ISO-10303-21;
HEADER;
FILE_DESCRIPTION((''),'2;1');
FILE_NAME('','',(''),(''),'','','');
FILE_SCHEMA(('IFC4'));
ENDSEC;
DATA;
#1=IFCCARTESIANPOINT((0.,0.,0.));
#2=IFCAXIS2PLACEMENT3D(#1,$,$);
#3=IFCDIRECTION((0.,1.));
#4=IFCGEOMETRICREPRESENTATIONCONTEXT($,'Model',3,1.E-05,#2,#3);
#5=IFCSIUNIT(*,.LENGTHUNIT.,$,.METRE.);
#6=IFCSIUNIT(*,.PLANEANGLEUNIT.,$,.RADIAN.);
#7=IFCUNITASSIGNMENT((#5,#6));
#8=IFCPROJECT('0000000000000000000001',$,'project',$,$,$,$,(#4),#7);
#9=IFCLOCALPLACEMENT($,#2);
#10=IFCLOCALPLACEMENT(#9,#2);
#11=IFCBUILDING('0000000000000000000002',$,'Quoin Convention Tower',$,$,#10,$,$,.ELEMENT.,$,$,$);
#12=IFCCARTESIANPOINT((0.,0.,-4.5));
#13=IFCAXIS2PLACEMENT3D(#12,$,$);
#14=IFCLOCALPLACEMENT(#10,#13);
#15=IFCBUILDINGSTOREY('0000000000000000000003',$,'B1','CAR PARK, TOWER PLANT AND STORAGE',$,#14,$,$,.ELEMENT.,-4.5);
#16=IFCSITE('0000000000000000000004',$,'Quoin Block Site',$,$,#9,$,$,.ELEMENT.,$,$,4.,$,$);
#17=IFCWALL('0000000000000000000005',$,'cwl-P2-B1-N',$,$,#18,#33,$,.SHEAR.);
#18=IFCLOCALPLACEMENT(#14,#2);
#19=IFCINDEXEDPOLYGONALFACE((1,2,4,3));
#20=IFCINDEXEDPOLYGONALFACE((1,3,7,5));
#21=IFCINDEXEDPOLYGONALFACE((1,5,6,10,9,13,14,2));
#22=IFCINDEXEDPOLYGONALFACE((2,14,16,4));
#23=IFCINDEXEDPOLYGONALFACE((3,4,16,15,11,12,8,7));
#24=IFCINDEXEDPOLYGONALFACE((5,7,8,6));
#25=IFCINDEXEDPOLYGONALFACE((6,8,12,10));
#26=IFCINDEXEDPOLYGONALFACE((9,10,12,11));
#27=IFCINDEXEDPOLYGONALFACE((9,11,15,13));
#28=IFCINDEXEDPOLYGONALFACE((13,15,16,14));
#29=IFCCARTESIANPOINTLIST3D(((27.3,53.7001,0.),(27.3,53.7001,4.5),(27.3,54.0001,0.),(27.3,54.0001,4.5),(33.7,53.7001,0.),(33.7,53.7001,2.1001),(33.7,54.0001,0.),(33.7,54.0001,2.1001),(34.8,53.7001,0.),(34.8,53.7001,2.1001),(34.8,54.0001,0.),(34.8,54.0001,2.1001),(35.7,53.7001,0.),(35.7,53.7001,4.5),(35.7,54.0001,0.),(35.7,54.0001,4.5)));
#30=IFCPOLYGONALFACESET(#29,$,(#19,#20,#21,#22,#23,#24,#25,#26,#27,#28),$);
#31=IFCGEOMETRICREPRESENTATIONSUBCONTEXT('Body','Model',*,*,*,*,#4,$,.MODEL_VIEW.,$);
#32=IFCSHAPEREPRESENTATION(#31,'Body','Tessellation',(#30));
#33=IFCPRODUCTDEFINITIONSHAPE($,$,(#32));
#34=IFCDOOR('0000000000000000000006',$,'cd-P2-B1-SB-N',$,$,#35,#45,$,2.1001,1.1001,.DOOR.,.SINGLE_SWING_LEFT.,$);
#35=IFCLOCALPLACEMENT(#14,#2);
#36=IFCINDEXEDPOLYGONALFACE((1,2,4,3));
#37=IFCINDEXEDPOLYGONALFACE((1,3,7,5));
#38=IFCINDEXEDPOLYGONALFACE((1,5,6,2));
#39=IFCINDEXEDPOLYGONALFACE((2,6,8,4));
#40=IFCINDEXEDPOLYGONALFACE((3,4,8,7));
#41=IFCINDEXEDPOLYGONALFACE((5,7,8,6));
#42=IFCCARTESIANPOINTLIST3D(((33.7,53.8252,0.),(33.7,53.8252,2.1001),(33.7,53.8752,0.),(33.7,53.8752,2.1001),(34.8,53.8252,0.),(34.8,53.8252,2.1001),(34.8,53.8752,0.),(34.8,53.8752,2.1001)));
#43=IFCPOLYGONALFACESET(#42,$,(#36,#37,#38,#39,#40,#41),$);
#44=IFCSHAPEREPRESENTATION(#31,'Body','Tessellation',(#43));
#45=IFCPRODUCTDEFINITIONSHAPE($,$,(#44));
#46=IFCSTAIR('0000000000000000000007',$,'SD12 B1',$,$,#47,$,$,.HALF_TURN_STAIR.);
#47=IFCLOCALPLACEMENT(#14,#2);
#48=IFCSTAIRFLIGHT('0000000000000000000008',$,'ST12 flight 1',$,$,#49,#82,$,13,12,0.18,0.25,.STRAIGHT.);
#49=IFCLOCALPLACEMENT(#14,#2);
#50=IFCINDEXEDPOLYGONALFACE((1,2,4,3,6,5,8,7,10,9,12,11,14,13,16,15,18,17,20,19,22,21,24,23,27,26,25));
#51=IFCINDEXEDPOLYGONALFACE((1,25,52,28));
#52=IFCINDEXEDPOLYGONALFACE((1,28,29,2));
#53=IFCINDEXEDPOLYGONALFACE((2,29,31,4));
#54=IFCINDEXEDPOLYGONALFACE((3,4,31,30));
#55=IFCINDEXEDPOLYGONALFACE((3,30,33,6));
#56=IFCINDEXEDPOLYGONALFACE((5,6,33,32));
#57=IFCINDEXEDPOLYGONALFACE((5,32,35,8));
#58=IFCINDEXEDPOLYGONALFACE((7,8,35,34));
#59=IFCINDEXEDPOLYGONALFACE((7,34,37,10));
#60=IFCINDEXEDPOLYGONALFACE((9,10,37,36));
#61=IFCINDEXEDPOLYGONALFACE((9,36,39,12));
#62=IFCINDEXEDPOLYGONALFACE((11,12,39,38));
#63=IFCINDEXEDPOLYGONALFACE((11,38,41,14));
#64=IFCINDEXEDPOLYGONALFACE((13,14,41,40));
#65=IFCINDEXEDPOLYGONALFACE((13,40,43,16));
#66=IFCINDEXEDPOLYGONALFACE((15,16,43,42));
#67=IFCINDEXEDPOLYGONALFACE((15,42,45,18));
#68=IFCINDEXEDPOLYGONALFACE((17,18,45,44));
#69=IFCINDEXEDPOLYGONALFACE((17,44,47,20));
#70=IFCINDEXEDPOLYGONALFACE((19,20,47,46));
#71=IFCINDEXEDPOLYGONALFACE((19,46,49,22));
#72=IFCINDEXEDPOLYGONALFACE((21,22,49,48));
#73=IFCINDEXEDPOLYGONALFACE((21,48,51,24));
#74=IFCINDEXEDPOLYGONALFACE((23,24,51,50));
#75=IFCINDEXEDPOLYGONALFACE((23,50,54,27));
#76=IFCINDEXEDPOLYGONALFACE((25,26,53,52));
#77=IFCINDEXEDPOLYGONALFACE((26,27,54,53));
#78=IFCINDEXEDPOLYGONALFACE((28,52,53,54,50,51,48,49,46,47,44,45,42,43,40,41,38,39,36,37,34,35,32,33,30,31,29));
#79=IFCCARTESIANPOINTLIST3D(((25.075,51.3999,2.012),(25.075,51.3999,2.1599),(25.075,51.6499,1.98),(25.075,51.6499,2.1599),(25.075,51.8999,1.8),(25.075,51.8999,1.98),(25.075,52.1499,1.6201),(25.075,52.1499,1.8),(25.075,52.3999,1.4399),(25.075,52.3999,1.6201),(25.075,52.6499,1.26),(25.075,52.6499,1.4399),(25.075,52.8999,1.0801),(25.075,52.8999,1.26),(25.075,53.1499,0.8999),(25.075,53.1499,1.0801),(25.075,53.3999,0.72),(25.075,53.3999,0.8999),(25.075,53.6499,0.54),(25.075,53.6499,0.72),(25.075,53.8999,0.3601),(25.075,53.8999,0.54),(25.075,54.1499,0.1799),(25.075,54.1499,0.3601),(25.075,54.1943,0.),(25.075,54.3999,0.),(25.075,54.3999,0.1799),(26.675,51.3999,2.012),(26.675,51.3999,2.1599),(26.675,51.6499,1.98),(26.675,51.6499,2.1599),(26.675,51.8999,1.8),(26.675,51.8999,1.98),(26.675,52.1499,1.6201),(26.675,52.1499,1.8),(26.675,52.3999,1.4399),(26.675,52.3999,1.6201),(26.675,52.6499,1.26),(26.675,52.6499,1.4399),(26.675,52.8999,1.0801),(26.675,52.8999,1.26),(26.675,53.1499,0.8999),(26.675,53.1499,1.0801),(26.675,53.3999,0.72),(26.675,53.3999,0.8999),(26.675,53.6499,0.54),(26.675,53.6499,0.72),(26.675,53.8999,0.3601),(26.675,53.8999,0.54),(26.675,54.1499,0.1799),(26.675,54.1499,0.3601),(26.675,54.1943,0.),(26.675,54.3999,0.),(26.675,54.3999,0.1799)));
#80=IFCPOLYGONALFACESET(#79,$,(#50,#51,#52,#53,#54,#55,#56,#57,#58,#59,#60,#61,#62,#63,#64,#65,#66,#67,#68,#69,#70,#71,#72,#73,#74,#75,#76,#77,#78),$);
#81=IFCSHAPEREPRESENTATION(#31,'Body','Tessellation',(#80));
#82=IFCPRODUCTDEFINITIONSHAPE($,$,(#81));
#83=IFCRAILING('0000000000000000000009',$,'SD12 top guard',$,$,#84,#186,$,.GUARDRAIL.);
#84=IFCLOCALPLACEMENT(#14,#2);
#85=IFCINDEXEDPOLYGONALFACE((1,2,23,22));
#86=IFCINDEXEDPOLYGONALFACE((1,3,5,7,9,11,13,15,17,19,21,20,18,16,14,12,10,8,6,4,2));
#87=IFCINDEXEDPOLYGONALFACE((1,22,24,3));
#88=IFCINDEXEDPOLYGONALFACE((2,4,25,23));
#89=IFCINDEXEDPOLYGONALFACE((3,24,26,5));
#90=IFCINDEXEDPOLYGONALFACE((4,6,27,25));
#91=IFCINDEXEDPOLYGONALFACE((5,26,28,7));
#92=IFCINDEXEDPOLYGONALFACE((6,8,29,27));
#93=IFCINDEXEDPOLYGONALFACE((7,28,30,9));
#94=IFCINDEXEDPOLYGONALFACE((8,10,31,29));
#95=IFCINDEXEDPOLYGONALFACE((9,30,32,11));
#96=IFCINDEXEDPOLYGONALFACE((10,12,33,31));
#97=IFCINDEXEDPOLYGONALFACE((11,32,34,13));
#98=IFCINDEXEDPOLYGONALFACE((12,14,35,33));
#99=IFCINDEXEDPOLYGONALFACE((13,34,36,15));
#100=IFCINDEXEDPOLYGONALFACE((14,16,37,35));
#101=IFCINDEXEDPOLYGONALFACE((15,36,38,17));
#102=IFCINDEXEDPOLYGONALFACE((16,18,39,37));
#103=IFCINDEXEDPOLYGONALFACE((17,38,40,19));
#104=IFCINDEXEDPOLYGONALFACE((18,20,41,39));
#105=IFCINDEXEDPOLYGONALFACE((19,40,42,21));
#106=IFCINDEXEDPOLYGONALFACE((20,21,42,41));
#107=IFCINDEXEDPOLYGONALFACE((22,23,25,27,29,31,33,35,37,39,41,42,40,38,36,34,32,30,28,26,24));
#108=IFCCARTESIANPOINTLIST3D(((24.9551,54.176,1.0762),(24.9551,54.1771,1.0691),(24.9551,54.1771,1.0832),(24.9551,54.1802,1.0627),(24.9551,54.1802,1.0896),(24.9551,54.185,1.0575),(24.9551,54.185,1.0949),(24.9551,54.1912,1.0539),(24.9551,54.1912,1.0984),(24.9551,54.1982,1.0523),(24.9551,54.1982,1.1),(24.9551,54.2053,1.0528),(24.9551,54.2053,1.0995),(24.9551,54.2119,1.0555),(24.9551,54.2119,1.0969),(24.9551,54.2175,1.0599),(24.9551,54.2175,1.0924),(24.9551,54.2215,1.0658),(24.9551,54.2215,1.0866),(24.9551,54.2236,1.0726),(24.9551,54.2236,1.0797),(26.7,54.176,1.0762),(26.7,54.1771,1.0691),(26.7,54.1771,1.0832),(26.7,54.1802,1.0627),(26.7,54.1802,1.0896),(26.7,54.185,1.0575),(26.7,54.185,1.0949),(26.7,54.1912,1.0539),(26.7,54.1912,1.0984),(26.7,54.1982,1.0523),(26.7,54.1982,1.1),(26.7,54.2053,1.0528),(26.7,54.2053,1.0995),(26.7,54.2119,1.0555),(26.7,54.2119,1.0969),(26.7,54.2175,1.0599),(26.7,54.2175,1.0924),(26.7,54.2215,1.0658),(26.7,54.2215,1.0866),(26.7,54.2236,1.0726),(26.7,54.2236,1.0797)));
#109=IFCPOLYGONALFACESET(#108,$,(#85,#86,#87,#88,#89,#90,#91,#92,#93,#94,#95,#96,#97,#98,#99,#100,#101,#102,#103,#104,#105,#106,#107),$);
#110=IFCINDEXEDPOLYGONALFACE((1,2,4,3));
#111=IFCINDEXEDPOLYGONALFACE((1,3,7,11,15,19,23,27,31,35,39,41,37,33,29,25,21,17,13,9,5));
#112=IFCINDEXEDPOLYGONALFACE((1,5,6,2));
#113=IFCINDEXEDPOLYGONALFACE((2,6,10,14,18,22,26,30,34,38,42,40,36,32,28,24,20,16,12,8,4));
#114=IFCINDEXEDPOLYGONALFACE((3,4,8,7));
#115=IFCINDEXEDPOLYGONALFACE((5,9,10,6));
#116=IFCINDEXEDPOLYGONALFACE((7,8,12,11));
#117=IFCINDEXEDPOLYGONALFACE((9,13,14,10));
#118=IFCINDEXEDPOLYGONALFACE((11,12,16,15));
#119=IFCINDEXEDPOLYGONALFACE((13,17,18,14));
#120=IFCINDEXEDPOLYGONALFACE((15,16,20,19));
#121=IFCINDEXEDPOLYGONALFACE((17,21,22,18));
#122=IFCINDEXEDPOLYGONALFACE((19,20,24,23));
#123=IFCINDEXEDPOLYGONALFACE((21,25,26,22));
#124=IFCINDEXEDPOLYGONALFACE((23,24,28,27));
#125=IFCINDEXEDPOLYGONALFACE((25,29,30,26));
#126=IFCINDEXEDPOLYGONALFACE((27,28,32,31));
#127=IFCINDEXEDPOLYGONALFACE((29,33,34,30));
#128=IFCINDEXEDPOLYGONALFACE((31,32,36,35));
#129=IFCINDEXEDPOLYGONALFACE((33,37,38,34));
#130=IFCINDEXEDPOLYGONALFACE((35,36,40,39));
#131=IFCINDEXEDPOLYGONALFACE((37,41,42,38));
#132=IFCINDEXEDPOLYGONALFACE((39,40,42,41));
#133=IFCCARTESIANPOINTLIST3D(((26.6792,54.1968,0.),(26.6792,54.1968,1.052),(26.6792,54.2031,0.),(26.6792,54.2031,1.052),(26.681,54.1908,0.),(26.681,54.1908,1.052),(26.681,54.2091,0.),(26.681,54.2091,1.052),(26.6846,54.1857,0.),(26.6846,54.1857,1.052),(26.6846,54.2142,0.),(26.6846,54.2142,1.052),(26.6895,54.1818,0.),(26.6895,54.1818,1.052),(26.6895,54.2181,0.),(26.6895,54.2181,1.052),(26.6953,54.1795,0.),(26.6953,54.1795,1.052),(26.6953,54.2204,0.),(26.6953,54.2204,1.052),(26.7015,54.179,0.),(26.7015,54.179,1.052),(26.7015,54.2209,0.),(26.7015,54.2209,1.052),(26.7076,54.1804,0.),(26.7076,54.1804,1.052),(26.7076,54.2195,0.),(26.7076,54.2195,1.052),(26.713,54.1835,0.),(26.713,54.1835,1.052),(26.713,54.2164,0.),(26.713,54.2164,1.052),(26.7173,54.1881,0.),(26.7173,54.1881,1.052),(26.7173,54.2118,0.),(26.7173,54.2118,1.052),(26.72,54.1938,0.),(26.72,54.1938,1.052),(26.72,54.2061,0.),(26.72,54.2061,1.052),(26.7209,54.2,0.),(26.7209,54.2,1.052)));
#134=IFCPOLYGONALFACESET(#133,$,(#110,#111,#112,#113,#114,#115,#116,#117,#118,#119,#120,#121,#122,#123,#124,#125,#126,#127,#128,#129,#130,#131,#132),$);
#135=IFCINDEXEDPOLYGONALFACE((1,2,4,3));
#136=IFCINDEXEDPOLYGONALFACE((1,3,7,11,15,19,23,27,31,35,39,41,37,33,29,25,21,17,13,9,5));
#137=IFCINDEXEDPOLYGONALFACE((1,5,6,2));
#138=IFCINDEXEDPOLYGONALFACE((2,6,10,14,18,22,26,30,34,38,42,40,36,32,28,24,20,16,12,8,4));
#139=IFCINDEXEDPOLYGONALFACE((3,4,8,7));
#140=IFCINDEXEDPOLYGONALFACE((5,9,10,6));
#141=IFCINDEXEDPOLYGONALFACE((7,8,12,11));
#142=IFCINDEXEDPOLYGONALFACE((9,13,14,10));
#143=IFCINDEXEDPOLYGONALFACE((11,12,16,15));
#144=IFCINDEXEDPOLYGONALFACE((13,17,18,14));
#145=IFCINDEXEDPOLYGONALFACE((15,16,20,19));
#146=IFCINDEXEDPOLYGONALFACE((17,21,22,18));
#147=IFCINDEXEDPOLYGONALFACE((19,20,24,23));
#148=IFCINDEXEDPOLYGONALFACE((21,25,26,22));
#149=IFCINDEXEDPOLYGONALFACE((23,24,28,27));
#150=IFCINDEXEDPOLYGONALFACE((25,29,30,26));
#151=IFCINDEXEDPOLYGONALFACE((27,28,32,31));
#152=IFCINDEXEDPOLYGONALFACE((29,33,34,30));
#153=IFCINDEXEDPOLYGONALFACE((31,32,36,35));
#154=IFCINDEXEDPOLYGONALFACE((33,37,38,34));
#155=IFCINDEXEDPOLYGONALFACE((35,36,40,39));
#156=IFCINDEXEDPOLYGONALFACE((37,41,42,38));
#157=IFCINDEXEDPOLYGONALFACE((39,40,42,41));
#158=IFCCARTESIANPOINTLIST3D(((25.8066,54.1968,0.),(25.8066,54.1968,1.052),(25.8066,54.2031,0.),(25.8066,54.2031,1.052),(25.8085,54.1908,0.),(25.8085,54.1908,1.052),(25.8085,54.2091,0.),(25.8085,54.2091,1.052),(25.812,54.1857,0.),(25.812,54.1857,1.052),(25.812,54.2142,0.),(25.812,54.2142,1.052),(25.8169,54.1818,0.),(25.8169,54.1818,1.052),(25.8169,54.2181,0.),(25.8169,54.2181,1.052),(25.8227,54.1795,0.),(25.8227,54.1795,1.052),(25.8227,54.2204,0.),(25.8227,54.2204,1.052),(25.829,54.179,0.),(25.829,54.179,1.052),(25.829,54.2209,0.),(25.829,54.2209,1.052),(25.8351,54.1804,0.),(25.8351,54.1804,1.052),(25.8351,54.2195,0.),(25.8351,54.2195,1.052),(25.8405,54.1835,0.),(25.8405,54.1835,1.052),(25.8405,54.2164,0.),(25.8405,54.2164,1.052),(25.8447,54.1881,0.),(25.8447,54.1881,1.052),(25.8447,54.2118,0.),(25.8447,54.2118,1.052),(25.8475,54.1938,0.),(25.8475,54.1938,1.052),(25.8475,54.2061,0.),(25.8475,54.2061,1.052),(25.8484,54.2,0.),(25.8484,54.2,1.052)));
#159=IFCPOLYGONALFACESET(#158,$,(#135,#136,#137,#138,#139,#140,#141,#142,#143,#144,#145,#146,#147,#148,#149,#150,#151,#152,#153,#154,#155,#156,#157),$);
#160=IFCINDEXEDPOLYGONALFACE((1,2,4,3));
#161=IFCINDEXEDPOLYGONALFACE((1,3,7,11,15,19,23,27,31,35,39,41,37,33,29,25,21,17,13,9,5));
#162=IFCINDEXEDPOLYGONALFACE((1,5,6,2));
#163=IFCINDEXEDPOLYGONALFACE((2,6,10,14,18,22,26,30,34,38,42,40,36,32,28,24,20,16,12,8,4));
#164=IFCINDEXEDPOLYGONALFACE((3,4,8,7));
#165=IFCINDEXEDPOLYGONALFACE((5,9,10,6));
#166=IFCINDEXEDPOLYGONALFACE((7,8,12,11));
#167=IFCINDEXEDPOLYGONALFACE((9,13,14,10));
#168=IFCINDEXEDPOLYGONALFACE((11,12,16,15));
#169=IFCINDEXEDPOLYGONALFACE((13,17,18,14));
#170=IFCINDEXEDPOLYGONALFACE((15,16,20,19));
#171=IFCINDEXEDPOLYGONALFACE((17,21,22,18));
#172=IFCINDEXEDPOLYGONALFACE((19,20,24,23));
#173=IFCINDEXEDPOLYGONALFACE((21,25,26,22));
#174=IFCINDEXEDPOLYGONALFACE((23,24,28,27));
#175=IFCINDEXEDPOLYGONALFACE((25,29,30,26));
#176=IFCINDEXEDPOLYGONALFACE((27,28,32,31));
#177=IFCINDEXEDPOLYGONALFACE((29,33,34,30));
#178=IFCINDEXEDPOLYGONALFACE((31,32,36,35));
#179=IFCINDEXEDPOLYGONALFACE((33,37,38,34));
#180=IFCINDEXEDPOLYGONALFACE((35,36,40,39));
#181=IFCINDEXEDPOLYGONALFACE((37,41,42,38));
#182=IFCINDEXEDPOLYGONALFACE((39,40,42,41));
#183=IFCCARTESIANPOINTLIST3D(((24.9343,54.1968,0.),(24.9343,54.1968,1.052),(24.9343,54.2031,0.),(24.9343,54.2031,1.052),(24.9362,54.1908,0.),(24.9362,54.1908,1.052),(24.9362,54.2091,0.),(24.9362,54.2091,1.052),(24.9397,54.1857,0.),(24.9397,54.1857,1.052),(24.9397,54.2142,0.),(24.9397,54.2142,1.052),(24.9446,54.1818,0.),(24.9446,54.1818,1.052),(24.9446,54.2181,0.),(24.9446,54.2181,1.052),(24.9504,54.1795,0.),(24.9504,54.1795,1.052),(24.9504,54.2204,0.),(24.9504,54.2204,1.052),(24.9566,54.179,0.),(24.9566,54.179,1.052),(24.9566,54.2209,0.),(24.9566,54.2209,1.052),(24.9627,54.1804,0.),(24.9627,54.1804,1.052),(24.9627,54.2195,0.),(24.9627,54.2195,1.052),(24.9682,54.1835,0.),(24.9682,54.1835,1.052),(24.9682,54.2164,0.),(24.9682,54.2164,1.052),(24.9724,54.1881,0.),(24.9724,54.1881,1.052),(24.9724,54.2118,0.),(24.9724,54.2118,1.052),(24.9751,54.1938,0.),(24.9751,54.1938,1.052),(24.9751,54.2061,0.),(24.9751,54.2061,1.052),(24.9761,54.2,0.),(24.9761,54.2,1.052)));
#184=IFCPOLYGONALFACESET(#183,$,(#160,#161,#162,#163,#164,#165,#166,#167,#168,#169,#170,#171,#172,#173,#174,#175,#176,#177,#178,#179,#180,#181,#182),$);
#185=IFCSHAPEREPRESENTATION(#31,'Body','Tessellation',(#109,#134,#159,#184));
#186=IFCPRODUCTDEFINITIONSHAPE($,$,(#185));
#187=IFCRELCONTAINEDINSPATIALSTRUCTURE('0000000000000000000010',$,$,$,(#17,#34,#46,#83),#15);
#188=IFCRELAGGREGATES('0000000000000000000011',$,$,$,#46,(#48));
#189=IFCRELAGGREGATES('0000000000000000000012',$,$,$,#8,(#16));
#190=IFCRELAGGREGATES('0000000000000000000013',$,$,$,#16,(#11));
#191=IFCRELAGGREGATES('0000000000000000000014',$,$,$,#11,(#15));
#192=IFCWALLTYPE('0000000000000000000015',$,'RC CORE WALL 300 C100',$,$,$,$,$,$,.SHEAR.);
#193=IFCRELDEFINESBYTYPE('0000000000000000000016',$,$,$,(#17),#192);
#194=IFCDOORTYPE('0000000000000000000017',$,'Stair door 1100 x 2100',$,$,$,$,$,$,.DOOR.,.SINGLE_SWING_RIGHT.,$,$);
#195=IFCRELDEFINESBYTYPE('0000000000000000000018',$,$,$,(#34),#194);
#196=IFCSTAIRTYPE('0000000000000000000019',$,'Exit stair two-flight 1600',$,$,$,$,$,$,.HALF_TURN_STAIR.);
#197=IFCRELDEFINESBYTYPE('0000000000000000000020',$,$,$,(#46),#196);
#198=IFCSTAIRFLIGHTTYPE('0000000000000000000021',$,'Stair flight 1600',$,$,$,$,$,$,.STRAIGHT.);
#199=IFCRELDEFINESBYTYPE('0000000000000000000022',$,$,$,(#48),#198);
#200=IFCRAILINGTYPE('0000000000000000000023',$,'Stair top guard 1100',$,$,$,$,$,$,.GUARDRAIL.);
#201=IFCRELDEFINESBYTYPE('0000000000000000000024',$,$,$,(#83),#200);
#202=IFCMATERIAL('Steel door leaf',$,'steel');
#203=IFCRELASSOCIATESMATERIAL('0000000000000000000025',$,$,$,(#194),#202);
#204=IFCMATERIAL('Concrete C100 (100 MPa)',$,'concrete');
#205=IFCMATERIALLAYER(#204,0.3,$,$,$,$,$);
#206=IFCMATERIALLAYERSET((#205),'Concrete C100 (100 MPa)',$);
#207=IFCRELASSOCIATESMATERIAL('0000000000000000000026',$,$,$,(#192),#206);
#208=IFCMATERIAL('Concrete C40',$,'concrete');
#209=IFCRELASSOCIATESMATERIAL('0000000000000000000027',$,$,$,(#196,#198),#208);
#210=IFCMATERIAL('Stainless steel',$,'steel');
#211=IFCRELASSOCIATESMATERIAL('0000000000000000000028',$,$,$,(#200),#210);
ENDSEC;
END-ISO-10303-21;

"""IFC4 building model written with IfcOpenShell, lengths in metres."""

from ifc_helpers import new_model, si_unit, direction, frame, frame_2d, origin, origin_2d, place, context, subcontext, project, spatial, polyline, rectangle, circle, outline, extrude, material, layer, layer_set, type_object, element, fill, aggregate, save


model = new_model("IFC4")

# Units and contexts
model_context = context("Model", 3, precision=1e-05, world=origin(), true_north=direction((0.0, 1.0)))
body_context = subcontext(model_context, "Body", "Model", "MODEL_VIEW")
ifc_project = project(units=[si_unit("LENGTHUNIT", "METRE"), si_unit("PLANEANGLEUNIT", "RADIAN")], contexts=[model_context])

# Site, building, storey
site_placement = place(None, origin())
site = spatial("IfcSite", under=ifc_project, at=site_placement, Name="Quoin Block Site", CompositionType="ELEMENT", RefElevation=4.0)
building_placement = place(site_placement, origin())
building = spatial("IfcBuilding", under=site, at=building_placement, Name="Quoin Convention Tower", CompositionType="ELEMENT")
storey_placement = place(building_placement, frame((0.0, 0.0, -4.5)))
storey = spatial("IfcBuildingStorey", under=building, at=storey_placement, Name="B1", Description="CAR PARK, TOWER PLANT AND STORAGE", CompositionType="ELEMENT", Elevation=-4.5)

# Shared definitions
ifc_material_1 = material(Name="Concrete C100 (100 MPa)", Category="concrete")

# Wall, opening, door
ifc_material_2 = material(Name="Steel door leaf", Category="steel")
door_type = type_object("IfcDoorType", Name="Stair door 1100 x 2100", OperationType="SINGLE_SWING_RIGHT", PredefinedType="DOOR", material=ifc_material_2)
ifc_layer_1 = layer(ifc_material_1, 0.3)
ifc_layer_set_1 = layer_set([ifc_layer_1], Name="Concrete C100 (100 MPa)")
wall_type_1 = type_object("IfcWallType", Name="RC CORE WALL 300 C100", PredefinedType="SHEAR", material=ifc_layer_set_1)
wall_1_placement = place(storey_placement, frame((27.3, 53.8501, 0.0), z_axis=(0.0, 0.0, 1.0), x_axis=(1.0, 0.0, 0.0)))
wall_1 = element("IfcWall", 1, at=wall_1_placement, inside=storey, type_object=wall_type_1, Name="cwl-P2-B1-N", PredefinedType="SHEAR", context=body_context, shape_type="SweptSolid", body=[
    extrude(rectangle(XDim=8.3999, YDim=0.3, at=frame_2d((4.2, 0.0))), origin(), (0.0, 0.0, 1.0), 4.5),
])
opening_1_placement = place(wall_1_placement, frame((6.3999, 0.0, 0.0)))
opening_1 = element("IfcOpeningElement", 2, at=opening_1_placement, cuts=wall_1, PredefinedType="OPENING", context=body_context, shape_type="SweptSolid", body=[
    extrude(rectangle(XDim=1.1001, YDim=2.1001, at=frame_2d((0.55, 1.05))), frame((0.0, 0.1599, 0.0), z_axis=(0.0, -1.0, 0.0), x_axis=(1.0, 0.0, 0.0)), (0.0, 0.0, 1.0), 0.3201),
])
door_1_placement = place(opening_1_placement, frame((1.1001, 0.0, 0.0), z_axis=(0.0, 0.0, 1.0), x_axis=(-1.0, 0.0, 0.0)))
door_1 = element("IfcDoor", 3, at=door_1_placement, inside=storey, type_object=door_type, Name="cd-P2-B1-SB-N", OperationType="SINGLE_SWING_LEFT", OverallHeight=2.1001, OverallWidth=1.1001, PredefinedType="DOOR", context=body_context, shape_type="SweptSolid", body=[
    extrude(rectangle(XDim=1.1001, YDim=2.1001, at=frame_2d((0.55, 1.05))), frame((0.0, 0.0249, 0.0), z_axis=(0.0, -1.0, 0.0), x_axis=(1.0, 0.0, 0.0)), (0.0, 0.0, 1.0), 0.05),
])
fill(opening_1, door_1)

# Stair, stair flight
ifc_material_3 = material(Name="Concrete C40", Category="concrete")
stair_type = type_object("IfcStairType", Name="Exit stair two-flight 1600", PredefinedType="HALF_TURN_STAIR", material=ifc_material_3)
stair_placement = place(storey_placement, origin())
stair = element("IfcStair", 4, at=stair_placement, inside=storey, type_object=stair_type, Name="SD12 B1", PredefinedType="HALF_TURN_STAIR")
stair_flight_type = type_object("IfcStairFlightType", Name="Stair flight 1600", PredefinedType="STRAIGHT", material=ifc_material_3)
stair_flight_placement = place(storey_placement, frame((25.875, 54.3999, 0.0), z_axis=(0.0, 0.0, 1.0), x_axis=(0.0, -1.0, 0.0)))
stair_flight = element("IfcStairFlight", 5, at=stair_flight_placement, type_object=stair_flight_type, Name="ST12 flight 1", NumberOfRisers=13, NumberOfTreads=12, PredefinedType="STRAIGHT", RiserHeight=0.18, TreadLength=0.25, context=body_context, shape_type="SweptSolid", body=[
    extrude(outline(polyline([(0.0, 0.0), (0.0, 0.1799), (0.25, 0.1799), (0.25, 0.3601), (0.5, 0.3601), (0.5, 0.54), (0.75, 0.54), (0.75, 0.72), (1.0, 0.72), (1.0, 0.8999), (1.25, 0.8999), (1.25, 1.0801), (1.5, 1.0801), (1.5, 1.26), (1.75, 1.26), (1.75, 1.4399), (2.0, 1.4399), (2.0, 1.6201), (2.25, 1.6201), (2.25, 1.8), (2.5, 1.8), (2.5, 1.98), (2.75, 1.98), (2.75, 2.1599), (3.0, 2.1599), (3.0, 2.3401), (3.0, 2.012), (0.2056, 0.0), (0.0, 0.0)])), frame((0.0, 0.8, 0.0), z_axis=(0.0, -1.0, 0.0), x_axis=(1.0, 0.0, 0.0)), (0.0, 0.0, 1.0), 1.6001),
])
aggregate(stair, [stair_flight])

# Railing
ifc_material_4 = material(Name="Stainless steel", Category="steel")
railing_type_1 = type_object("IfcRailingType", Name="Stair top guard 1100", PredefinedType="GUARDRAIL", material=ifc_material_4)
railing_1_placement = place(storey_placement, frame((26.7, 54.2, 0.0)))
element("IfcRailing", 6, at=railing_1_placement, inside=storey, type_object=railing_type_1, Name="SD12 top guard", PredefinedType="GUARDRAIL", context=body_context, shape_type="SweptSolid", body=[
    extrude(circle(Radius=0.0239, at=origin_2d()), frame((0.0, 0.0, 1.0762), z_axis=(-1.0, 0.0, 0.0), x_axis=(0.0, -1.0, 0.0)), (0.0, 0.0, 1.0), 1.7449),
    extrude(circle(Radius=0.021, at=origin_2d()), origin(), (0.0, 0.0, 1.0), 1.052),
    extrude(circle(Radius=0.021, at=origin_2d()), frame((-0.8726, 0.0, 0.0)), (0.0, 0.0, 1.0), 1.052),
    extrude(circle(Radius=0.021, at=origin_2d()), frame((-1.7449, 0.0, 0.0)), (0.0, 0.0, 1.0), 1.052),
])

save(model, "model.ifc")
